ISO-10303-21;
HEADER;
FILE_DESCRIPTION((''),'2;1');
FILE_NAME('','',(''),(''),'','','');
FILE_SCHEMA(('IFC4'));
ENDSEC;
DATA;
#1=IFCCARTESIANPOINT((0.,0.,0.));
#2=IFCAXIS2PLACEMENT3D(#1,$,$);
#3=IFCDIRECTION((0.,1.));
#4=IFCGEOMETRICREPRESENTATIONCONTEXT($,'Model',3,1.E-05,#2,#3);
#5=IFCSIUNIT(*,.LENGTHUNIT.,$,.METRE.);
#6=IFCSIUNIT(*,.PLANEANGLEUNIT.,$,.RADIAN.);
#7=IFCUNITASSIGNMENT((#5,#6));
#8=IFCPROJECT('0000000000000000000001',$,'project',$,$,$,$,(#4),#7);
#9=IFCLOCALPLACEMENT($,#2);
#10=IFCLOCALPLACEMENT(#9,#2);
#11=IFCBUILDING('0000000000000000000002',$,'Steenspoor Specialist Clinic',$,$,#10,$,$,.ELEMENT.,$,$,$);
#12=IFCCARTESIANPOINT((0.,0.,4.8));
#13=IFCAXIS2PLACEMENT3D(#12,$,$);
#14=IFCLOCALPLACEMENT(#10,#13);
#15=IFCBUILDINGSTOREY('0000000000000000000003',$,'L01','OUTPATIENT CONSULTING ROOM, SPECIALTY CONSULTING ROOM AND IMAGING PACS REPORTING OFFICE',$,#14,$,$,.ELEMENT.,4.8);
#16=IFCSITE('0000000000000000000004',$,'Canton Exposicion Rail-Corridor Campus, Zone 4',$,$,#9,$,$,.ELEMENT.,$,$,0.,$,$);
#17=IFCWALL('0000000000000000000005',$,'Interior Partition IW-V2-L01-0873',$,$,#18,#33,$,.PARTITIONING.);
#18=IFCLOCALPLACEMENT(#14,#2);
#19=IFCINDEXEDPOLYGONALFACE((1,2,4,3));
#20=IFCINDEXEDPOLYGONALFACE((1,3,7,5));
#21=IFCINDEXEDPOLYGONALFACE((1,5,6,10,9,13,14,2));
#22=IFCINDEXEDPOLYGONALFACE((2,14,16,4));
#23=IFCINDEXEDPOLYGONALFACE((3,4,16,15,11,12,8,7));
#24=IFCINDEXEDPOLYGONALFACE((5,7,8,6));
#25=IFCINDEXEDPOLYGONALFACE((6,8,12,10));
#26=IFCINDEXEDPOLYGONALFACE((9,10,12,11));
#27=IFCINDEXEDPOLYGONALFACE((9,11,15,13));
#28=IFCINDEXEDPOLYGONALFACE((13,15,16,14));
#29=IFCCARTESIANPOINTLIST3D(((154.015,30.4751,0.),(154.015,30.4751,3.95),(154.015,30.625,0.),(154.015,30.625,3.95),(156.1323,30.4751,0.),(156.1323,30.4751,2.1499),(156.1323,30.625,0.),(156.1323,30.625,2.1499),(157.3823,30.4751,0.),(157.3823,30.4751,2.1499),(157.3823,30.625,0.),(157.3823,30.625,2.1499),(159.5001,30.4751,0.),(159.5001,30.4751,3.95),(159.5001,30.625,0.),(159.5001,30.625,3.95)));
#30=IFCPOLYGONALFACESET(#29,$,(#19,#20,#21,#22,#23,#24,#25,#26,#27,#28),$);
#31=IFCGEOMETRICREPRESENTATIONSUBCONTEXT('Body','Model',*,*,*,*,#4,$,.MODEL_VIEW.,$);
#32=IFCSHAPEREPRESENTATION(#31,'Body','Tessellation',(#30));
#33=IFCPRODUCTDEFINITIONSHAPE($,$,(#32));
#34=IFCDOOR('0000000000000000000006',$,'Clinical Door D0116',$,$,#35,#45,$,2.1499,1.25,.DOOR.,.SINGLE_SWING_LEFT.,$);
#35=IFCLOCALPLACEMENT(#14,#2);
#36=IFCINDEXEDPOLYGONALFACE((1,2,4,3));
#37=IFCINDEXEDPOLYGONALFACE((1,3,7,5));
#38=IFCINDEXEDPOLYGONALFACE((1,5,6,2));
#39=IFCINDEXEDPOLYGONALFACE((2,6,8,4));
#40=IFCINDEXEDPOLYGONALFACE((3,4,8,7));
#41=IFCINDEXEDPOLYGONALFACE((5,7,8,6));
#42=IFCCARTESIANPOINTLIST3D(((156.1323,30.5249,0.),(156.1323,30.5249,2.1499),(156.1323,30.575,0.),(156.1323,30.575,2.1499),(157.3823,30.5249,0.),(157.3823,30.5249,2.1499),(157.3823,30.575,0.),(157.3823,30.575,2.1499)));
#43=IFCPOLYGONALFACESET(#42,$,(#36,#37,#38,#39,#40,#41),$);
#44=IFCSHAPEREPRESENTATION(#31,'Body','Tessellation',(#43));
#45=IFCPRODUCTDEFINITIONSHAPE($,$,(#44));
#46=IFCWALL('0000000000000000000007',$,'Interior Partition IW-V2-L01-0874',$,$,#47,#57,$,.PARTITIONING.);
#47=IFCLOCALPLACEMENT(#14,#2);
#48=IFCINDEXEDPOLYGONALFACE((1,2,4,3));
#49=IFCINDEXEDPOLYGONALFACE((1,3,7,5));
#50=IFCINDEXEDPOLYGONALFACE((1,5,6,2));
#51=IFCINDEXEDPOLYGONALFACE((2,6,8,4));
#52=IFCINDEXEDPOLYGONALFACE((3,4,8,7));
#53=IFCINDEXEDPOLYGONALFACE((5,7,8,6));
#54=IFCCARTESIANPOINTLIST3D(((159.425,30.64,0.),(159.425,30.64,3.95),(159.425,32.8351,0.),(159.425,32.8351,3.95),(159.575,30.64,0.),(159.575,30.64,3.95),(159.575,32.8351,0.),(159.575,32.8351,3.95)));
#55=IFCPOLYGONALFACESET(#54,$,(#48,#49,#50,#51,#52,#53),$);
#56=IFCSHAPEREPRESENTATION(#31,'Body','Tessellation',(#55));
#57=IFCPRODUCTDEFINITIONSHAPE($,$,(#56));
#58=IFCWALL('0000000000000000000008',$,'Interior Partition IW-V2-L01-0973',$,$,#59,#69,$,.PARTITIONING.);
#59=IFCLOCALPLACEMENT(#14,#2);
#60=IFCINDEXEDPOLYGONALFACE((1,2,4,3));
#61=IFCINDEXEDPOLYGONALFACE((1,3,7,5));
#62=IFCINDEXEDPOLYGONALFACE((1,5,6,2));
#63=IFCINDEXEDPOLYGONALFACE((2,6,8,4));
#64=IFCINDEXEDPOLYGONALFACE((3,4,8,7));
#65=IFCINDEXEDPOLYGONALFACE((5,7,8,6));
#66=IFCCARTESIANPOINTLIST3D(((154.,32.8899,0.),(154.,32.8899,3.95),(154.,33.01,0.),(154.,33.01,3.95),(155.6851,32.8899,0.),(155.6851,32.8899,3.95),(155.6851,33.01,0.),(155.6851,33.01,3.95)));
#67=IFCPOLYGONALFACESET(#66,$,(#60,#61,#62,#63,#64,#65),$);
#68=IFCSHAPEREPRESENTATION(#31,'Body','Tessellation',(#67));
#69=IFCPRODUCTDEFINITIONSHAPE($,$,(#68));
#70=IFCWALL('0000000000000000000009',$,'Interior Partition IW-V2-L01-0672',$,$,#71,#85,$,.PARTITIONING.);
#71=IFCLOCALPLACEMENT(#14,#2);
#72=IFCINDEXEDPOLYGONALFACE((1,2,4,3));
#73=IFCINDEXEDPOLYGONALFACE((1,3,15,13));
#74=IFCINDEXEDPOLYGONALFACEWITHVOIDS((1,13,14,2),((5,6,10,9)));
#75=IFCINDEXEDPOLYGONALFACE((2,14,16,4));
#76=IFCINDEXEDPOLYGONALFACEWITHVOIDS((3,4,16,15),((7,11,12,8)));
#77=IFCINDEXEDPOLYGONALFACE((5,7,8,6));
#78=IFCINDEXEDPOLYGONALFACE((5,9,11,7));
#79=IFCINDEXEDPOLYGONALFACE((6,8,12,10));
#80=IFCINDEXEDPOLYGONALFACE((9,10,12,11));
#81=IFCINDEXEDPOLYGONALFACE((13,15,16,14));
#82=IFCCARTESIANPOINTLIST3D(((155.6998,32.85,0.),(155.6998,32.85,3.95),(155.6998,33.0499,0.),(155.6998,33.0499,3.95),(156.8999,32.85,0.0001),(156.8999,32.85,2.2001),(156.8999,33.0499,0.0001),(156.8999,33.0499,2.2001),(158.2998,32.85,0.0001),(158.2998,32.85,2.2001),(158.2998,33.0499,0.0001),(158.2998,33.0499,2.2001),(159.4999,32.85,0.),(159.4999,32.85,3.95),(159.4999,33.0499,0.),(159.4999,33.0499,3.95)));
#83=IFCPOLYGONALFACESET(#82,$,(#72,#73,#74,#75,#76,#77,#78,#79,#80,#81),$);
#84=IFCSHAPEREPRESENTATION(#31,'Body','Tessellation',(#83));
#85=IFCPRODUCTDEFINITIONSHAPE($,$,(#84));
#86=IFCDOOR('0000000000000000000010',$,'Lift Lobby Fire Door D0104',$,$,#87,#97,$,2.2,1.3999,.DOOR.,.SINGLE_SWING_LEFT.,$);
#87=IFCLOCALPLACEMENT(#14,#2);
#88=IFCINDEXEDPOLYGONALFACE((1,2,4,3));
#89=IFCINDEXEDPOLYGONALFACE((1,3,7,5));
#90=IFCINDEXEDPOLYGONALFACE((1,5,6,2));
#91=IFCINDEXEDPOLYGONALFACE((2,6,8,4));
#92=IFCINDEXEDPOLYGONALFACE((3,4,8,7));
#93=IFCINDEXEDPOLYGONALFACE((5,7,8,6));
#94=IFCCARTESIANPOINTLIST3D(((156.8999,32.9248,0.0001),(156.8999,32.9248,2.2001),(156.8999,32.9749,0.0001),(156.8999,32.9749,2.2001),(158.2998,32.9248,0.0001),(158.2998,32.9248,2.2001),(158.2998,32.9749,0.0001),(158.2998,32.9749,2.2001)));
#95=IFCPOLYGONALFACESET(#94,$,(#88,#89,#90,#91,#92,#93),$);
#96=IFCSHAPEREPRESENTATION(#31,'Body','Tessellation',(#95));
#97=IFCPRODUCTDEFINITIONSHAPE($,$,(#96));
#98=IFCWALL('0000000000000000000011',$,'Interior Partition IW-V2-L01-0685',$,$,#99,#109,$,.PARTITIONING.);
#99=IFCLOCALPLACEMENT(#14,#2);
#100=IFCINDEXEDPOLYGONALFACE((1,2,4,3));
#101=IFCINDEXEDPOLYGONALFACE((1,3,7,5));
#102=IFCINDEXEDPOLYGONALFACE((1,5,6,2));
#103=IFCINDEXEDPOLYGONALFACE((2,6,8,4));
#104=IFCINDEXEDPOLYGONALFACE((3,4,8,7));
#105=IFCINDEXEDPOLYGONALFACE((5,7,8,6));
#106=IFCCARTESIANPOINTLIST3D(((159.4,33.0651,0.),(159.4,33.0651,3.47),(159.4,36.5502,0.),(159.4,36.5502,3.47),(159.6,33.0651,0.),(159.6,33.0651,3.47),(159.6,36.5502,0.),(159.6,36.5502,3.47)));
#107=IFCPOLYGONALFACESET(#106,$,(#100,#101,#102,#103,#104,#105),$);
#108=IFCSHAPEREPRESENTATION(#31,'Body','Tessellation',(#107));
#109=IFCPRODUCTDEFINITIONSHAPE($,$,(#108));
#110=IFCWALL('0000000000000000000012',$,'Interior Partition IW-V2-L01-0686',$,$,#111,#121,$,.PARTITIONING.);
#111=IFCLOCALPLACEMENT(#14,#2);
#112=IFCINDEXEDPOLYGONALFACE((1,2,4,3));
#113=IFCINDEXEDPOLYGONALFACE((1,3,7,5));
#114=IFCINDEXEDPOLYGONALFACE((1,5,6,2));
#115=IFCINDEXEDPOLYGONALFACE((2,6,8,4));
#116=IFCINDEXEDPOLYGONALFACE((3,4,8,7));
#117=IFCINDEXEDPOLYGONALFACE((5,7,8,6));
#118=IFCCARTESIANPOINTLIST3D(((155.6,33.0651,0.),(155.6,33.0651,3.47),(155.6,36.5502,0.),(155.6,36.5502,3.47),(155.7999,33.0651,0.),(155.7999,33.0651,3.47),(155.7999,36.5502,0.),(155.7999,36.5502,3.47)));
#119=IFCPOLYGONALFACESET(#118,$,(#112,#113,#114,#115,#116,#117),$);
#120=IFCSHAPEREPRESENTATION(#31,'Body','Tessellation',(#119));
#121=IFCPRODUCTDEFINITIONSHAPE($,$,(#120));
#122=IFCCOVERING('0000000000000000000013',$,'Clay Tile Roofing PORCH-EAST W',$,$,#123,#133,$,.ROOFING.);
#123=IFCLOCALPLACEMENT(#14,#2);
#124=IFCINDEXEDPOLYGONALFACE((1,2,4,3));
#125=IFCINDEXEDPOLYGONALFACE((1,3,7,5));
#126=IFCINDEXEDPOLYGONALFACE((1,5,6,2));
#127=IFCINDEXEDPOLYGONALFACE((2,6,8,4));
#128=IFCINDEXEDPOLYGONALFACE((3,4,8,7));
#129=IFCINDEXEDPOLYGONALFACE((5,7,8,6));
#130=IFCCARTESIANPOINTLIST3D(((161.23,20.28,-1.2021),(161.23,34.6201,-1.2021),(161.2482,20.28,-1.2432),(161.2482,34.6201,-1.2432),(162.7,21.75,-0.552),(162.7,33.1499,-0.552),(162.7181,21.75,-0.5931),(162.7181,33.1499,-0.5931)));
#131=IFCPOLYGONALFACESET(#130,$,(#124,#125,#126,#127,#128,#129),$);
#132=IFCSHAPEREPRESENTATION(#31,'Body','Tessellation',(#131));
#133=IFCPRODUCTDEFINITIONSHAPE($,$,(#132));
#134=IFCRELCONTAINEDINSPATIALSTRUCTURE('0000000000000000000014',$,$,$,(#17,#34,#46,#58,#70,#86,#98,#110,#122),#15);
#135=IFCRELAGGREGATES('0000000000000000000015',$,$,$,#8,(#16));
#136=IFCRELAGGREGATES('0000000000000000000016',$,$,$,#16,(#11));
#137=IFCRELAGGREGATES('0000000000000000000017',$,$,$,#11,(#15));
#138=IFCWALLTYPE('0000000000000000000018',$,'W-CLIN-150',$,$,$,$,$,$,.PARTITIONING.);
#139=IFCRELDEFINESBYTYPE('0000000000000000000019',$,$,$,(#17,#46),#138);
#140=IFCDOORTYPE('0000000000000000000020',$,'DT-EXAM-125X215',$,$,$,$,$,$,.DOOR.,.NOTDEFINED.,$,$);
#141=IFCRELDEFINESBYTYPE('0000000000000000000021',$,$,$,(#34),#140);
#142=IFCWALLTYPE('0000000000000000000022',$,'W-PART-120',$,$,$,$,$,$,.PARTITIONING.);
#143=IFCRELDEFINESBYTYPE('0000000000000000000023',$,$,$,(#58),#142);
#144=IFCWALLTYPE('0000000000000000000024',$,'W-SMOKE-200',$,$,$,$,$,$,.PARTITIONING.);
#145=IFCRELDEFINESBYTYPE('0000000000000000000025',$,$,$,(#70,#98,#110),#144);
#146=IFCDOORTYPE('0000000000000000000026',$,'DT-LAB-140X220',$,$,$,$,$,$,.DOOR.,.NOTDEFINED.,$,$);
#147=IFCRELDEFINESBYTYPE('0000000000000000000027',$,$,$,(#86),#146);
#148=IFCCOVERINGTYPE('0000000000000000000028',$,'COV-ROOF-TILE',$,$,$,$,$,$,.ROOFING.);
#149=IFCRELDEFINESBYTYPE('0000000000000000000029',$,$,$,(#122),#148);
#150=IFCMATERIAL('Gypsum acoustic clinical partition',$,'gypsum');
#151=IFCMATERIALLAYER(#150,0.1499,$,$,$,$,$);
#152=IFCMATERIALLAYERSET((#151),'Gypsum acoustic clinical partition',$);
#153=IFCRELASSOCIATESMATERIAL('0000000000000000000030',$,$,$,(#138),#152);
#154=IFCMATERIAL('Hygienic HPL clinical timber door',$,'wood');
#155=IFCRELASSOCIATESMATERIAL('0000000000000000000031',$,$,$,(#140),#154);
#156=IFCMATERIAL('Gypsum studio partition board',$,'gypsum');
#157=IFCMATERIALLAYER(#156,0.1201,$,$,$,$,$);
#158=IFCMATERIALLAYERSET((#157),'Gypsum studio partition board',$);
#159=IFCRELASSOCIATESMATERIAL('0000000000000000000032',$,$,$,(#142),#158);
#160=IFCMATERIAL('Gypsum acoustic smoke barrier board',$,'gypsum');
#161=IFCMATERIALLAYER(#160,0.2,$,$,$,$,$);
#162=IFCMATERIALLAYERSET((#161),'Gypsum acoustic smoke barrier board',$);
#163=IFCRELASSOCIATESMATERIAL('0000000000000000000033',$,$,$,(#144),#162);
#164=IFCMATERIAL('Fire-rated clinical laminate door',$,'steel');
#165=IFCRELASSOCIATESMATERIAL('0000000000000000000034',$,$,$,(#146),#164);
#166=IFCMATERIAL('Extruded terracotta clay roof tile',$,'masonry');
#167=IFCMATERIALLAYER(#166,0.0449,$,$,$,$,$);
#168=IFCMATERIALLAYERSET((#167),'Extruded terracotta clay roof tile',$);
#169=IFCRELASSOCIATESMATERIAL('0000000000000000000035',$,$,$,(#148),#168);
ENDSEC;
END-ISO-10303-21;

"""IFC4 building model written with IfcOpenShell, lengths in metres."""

from ifc_helpers import new_model, si_unit, direction, frame, frame_2d, origin, place, context, subcontext, project, spatial, polyline, rectangle, outline, extrude, material, layer, layer_set, type_object, element, fill, save


model = new_model("IFC4")

# Units and contexts
model_context = context("Model", 3, precision=1e-05, world=origin(), true_north=direction((0.0, 1.0)))
body_context = subcontext(model_context, "Body", "Model", "MODEL_VIEW")
ifc_project = project(units=[si_unit("LENGTHUNIT", "METRE"), si_unit("PLANEANGLEUNIT", "RADIAN")], contexts=[model_context])

# Site, building, storey
site_placement = place(None, origin())
site = spatial("IfcSite", under=ifc_project, at=site_placement, Name="Canton Exposicion Rail-Corridor Campus, Zone 4", CompositionType="ELEMENT", RefElevation=0.0)
building_placement = place(site_placement, origin())
building = spatial("IfcBuilding", under=site, at=building_placement, Name="Steenspoor Specialist Clinic", CompositionType="ELEMENT")
storey_placement = place(building_placement, frame((0.0, 0.0, 4.8)))
storey = spatial("IfcBuildingStorey", under=building, at=storey_placement, Name="L01", Description="OUTPATIENT CONSULTING ROOM, SPECIALTY CONSULTING ROOM AND IMAGING PACS REPORTING OFFICE", CompositionType="ELEMENT", Elevation=4.8)

# Shared definitions
ifc_material_1 = material(Name="Extruded terracotta clay roof tile", Category="masonry")

# Wall, opening, door
ifc_material_2 = material(Name="Gypsum acoustic clinical partition", Category="gypsum")
ifc_layer_1 = layer(ifc_material_2, 0.1499)
ifc_layer_set_1 = layer_set([ifc_layer_1], Name="Gypsum acoustic clinical partition")
wall_type_1 = type_object("IfcWallType", Name="W-CLIN-150", PredefinedType="PARTITIONING", material=ifc_layer_set_1)
wall_1_placement = place(storey_placement, frame((154.0149, 30.55, 0.0), z_axis=(0.0, 0.0, 1.0), x_axis=(1.0, 0.0, 0.0)))
wall_1 = element("IfcWall", 1, at=wall_1_placement, inside=storey, type_object=wall_type_1, Name="Interior Partition IW-V2-L01-0873", PredefinedType="PARTITIONING", context=body_context, shape_type="SweptSolid", body=[
    extrude(rectangle(XDim=5.4851, YDim=0.1499, at=frame_2d((2.7427, 0.0))), origin(), (0.0, 0.0, 1.0), 3.95),
])
opening_1_placement = place(wall_1_placement, frame((2.1174, 0.0, 0.0)))
opening_1 = element("IfcOpeningElement", 2, at=opening_1_placement, cuts=wall_1, PredefinedType="OPENING", context=body_context, shape_type="SweptSolid", body=[
    extrude(rectangle(XDim=1.25, YDim=2.1499, at=frame_2d((0.625, 1.075))), frame((0.0, 0.085, 0.0), z_axis=(0.0, -1.0, 0.0), x_axis=(1.0, 0.0, 0.0)), (0.0, 0.0, 1.0), 0.1699),
])
ifc_material_3 = material(Name="Hygienic HPL clinical timber door", Category="wood")
door_type_1 = type_object("IfcDoorType", Name="DT-EXAM-125X215", OperationType="NOTDEFINED", PredefinedType="DOOR", material=ifc_material_3)
door_1_placement = place(opening_1_placement, origin())
door_1 = element("IfcDoor", 3, at=door_1_placement, inside=storey, type_object=door_type_1, Name="Clinical Door D0116", OperationType="SINGLE_SWING_LEFT", OverallHeight=2.1499, OverallWidth=1.25, PredefinedType="DOOR", context=body_context, shape_type="SweptSolid", body=[
    extrude(rectangle(XDim=1.25, YDim=2.1499, at=frame_2d((0.625, 1.075))), frame((0.0, 0.0249, 0.0), z_axis=(0.0, -1.0, 0.0), x_axis=(1.0, 0.0, 0.0)), (0.0, 0.0, 1.0), 0.05),
])
fill(opening_1, door_1)

# Walls
wall_2_placement = place(storey_placement, frame((159.5, 30.6399, 0.0), z_axis=(0.0, 0.0, 1.0), x_axis=(0.0, 1.0, 0.0)))
element("IfcWall", 4, at=wall_2_placement, inside=storey, type_object=wall_type_1, Name="Interior Partition IW-V2-L01-0874", PredefinedType="PARTITIONING", context=body_context, shape_type="SweptSolid", body=[
    extrude(rectangle(XDim=2.1951, YDim=0.1499, at=frame_2d((1.0977, 0.0))), origin(), (0.0, 0.0, 1.0), 3.95),
])
ifc_material_4 = material(Name="Gypsum studio partition board", Category="gypsum")
ifc_layer_2 = layer(ifc_material_4, 0.1201)
ifc_layer_set_2 = layer_set([ifc_layer_2], Name="Gypsum studio partition board")
wall_type_2 = type_object("IfcWallType", Name="W-PART-120", PredefinedType="PARTITIONING", material=ifc_layer_set_2)
wall_3_placement = place(storey_placement, frame((154.0, 32.95, 0.0), z_axis=(0.0, 0.0, 1.0), x_axis=(1.0, 0.0, 0.0)))
element("IfcWall", 5, at=wall_3_placement, inside=storey, type_object=wall_type_2, Name="Interior Partition IW-V2-L01-0973", PredefinedType="PARTITIONING", context=body_context, shape_type="SweptSolid", body=[
    extrude(rectangle(XDim=1.6851, YDim=0.1201, at=frame_2d((0.8425, 0.0))), origin(), (0.0, 0.0, 1.0), 3.95),
])

# Wall, opening, door
ifc_material_5 = material(Name="Gypsum acoustic smoke barrier board", Category="gypsum")
ifc_layer_3 = layer(ifc_material_5, 0.2)
ifc_layer_set_3 = layer_set([ifc_layer_3], Name="Gypsum acoustic smoke barrier board")
wall_type_3 = type_object("IfcWallType", Name="W-SMOKE-200", PredefinedType="PARTITIONING", material=ifc_layer_set_3)
wall_4_placement = place(storey_placement, frame((155.7, 32.95, 0.0), z_axis=(0.0, 0.0, 1.0), x_axis=(1.0, 0.0, 0.0)))
wall_4 = element("IfcWall", 6, at=wall_4_placement, inside=storey, type_object=wall_type_3, Name="Interior Partition IW-V2-L01-0672", PredefinedType="PARTITIONING", context=body_context, shape_type="SweptSolid", body=[
    extrude(rectangle(XDim=3.8, YDim=0.2, at=frame_2d((1.8999, 0.0))), origin(), (0.0, 0.0, 1.0), 3.95),
])
opening_2_placement = place(wall_4_placement, frame((1.2, 0.0, 0.0)))
opening_2 = element("IfcOpeningElement", 7, at=opening_2_placement, cuts=wall_4, PredefinedType="OPENING", context=body_context, shape_type="SweptSolid", body=[
    extrude(rectangle(XDim=1.3999, YDim=2.2, at=frame_2d((0.7, 1.1001))), frame((0.0, 0.1099, 0.0), z_axis=(0.0, -1.0, 0.0), x_axis=(1.0, 0.0, 0.0)), (0.0, 0.0, 1.0), 0.22),
])
ifc_material_6 = material(Name="Fire-rated clinical laminate door", Category="steel")
door_type_2 = type_object("IfcDoorType", Name="DT-LAB-140X220", OperationType="NOTDEFINED", PredefinedType="DOOR", material=ifc_material_6)
door_2_placement = place(opening_2_placement, origin())
door_2 = element("IfcDoor", 8, at=door_2_placement, inside=storey, type_object=door_type_2, Name="Lift Lobby Fire Door D0104", OperationType="SINGLE_SWING_LEFT", OverallHeight=2.2, OverallWidth=1.3999, PredefinedType="DOOR", context=body_context, shape_type="SweptSolid", body=[
    extrude(rectangle(XDim=1.3999, YDim=2.2, at=frame_2d((0.7, 1.1001))), frame((0.0, 0.0249, 0.0), z_axis=(0.0, -1.0, 0.0), x_axis=(1.0, 0.0, 0.0)), (0.0, 0.0, 1.0), 0.05),
])
fill(opening_2, door_2)

# Walls
for number, where, z_axis, x_axis, name in (
    (9, (159.5, 33.0649, 0.0), (0.0, 0.0, 1.0), (0.0, 1.0, 0.0), "Interior Partition IW-V2-L01-0685"),
    (10, (155.7, 33.0649, 0.0), (0.0, 0.0, 1.0), (0.0, 1.0, 0.0), "Interior Partition IW-V2-L01-0686"),
):
    element("IfcWall", number, at=place(storey_placement, frame(where, z_axis=z_axis, x_axis=x_axis)), inside=storey, type_object=wall_type_3, Name=name, PredefinedType="PARTITIONING", context=body_context, shape_type="SweptSolid", body=[
        extrude(rectangle(XDim=3.4851, YDim=0.2, at=frame_2d((1.7427, 0.0))), origin(), (0.0, 0.0, 1.0), 3.47),
    ])

# Covering
ifc_layer_4 = layer(ifc_material_1, 0.0449)
ifc_layer_set_4 = layer_set([ifc_layer_4], Name="Extruded terracotta clay roof tile")
covering_type = type_object("IfcCoveringType", Name="COV-ROOF-TILE", PredefinedType="ROOFING", material=ifc_layer_set_4)
covering_placement = place(storey_placement, frame((161.23, 34.6201, -1.2021), z_axis=(-0.404489, 0.0, 0.914543), x_axis=(0.0, -1.0, 0.0)))
element("IfcCovering", 11, at=covering_placement, inside=storey, type_object=covering_type, Name="Clay Tile Roofing PORCH-EAST W", PredefinedType="ROOFING", context=body_context, shape_type="SweptSolid", body=[
    extrude(outline(polyline([(0.0, 0.0), (14.3401, 0.0), (12.8701, 1.6073), (1.4702, 1.6073), (0.0, 0.0)])), origin(), (0.0, 0.0, -1.0), 0.0449),
])

save(model, "model.ifc")
